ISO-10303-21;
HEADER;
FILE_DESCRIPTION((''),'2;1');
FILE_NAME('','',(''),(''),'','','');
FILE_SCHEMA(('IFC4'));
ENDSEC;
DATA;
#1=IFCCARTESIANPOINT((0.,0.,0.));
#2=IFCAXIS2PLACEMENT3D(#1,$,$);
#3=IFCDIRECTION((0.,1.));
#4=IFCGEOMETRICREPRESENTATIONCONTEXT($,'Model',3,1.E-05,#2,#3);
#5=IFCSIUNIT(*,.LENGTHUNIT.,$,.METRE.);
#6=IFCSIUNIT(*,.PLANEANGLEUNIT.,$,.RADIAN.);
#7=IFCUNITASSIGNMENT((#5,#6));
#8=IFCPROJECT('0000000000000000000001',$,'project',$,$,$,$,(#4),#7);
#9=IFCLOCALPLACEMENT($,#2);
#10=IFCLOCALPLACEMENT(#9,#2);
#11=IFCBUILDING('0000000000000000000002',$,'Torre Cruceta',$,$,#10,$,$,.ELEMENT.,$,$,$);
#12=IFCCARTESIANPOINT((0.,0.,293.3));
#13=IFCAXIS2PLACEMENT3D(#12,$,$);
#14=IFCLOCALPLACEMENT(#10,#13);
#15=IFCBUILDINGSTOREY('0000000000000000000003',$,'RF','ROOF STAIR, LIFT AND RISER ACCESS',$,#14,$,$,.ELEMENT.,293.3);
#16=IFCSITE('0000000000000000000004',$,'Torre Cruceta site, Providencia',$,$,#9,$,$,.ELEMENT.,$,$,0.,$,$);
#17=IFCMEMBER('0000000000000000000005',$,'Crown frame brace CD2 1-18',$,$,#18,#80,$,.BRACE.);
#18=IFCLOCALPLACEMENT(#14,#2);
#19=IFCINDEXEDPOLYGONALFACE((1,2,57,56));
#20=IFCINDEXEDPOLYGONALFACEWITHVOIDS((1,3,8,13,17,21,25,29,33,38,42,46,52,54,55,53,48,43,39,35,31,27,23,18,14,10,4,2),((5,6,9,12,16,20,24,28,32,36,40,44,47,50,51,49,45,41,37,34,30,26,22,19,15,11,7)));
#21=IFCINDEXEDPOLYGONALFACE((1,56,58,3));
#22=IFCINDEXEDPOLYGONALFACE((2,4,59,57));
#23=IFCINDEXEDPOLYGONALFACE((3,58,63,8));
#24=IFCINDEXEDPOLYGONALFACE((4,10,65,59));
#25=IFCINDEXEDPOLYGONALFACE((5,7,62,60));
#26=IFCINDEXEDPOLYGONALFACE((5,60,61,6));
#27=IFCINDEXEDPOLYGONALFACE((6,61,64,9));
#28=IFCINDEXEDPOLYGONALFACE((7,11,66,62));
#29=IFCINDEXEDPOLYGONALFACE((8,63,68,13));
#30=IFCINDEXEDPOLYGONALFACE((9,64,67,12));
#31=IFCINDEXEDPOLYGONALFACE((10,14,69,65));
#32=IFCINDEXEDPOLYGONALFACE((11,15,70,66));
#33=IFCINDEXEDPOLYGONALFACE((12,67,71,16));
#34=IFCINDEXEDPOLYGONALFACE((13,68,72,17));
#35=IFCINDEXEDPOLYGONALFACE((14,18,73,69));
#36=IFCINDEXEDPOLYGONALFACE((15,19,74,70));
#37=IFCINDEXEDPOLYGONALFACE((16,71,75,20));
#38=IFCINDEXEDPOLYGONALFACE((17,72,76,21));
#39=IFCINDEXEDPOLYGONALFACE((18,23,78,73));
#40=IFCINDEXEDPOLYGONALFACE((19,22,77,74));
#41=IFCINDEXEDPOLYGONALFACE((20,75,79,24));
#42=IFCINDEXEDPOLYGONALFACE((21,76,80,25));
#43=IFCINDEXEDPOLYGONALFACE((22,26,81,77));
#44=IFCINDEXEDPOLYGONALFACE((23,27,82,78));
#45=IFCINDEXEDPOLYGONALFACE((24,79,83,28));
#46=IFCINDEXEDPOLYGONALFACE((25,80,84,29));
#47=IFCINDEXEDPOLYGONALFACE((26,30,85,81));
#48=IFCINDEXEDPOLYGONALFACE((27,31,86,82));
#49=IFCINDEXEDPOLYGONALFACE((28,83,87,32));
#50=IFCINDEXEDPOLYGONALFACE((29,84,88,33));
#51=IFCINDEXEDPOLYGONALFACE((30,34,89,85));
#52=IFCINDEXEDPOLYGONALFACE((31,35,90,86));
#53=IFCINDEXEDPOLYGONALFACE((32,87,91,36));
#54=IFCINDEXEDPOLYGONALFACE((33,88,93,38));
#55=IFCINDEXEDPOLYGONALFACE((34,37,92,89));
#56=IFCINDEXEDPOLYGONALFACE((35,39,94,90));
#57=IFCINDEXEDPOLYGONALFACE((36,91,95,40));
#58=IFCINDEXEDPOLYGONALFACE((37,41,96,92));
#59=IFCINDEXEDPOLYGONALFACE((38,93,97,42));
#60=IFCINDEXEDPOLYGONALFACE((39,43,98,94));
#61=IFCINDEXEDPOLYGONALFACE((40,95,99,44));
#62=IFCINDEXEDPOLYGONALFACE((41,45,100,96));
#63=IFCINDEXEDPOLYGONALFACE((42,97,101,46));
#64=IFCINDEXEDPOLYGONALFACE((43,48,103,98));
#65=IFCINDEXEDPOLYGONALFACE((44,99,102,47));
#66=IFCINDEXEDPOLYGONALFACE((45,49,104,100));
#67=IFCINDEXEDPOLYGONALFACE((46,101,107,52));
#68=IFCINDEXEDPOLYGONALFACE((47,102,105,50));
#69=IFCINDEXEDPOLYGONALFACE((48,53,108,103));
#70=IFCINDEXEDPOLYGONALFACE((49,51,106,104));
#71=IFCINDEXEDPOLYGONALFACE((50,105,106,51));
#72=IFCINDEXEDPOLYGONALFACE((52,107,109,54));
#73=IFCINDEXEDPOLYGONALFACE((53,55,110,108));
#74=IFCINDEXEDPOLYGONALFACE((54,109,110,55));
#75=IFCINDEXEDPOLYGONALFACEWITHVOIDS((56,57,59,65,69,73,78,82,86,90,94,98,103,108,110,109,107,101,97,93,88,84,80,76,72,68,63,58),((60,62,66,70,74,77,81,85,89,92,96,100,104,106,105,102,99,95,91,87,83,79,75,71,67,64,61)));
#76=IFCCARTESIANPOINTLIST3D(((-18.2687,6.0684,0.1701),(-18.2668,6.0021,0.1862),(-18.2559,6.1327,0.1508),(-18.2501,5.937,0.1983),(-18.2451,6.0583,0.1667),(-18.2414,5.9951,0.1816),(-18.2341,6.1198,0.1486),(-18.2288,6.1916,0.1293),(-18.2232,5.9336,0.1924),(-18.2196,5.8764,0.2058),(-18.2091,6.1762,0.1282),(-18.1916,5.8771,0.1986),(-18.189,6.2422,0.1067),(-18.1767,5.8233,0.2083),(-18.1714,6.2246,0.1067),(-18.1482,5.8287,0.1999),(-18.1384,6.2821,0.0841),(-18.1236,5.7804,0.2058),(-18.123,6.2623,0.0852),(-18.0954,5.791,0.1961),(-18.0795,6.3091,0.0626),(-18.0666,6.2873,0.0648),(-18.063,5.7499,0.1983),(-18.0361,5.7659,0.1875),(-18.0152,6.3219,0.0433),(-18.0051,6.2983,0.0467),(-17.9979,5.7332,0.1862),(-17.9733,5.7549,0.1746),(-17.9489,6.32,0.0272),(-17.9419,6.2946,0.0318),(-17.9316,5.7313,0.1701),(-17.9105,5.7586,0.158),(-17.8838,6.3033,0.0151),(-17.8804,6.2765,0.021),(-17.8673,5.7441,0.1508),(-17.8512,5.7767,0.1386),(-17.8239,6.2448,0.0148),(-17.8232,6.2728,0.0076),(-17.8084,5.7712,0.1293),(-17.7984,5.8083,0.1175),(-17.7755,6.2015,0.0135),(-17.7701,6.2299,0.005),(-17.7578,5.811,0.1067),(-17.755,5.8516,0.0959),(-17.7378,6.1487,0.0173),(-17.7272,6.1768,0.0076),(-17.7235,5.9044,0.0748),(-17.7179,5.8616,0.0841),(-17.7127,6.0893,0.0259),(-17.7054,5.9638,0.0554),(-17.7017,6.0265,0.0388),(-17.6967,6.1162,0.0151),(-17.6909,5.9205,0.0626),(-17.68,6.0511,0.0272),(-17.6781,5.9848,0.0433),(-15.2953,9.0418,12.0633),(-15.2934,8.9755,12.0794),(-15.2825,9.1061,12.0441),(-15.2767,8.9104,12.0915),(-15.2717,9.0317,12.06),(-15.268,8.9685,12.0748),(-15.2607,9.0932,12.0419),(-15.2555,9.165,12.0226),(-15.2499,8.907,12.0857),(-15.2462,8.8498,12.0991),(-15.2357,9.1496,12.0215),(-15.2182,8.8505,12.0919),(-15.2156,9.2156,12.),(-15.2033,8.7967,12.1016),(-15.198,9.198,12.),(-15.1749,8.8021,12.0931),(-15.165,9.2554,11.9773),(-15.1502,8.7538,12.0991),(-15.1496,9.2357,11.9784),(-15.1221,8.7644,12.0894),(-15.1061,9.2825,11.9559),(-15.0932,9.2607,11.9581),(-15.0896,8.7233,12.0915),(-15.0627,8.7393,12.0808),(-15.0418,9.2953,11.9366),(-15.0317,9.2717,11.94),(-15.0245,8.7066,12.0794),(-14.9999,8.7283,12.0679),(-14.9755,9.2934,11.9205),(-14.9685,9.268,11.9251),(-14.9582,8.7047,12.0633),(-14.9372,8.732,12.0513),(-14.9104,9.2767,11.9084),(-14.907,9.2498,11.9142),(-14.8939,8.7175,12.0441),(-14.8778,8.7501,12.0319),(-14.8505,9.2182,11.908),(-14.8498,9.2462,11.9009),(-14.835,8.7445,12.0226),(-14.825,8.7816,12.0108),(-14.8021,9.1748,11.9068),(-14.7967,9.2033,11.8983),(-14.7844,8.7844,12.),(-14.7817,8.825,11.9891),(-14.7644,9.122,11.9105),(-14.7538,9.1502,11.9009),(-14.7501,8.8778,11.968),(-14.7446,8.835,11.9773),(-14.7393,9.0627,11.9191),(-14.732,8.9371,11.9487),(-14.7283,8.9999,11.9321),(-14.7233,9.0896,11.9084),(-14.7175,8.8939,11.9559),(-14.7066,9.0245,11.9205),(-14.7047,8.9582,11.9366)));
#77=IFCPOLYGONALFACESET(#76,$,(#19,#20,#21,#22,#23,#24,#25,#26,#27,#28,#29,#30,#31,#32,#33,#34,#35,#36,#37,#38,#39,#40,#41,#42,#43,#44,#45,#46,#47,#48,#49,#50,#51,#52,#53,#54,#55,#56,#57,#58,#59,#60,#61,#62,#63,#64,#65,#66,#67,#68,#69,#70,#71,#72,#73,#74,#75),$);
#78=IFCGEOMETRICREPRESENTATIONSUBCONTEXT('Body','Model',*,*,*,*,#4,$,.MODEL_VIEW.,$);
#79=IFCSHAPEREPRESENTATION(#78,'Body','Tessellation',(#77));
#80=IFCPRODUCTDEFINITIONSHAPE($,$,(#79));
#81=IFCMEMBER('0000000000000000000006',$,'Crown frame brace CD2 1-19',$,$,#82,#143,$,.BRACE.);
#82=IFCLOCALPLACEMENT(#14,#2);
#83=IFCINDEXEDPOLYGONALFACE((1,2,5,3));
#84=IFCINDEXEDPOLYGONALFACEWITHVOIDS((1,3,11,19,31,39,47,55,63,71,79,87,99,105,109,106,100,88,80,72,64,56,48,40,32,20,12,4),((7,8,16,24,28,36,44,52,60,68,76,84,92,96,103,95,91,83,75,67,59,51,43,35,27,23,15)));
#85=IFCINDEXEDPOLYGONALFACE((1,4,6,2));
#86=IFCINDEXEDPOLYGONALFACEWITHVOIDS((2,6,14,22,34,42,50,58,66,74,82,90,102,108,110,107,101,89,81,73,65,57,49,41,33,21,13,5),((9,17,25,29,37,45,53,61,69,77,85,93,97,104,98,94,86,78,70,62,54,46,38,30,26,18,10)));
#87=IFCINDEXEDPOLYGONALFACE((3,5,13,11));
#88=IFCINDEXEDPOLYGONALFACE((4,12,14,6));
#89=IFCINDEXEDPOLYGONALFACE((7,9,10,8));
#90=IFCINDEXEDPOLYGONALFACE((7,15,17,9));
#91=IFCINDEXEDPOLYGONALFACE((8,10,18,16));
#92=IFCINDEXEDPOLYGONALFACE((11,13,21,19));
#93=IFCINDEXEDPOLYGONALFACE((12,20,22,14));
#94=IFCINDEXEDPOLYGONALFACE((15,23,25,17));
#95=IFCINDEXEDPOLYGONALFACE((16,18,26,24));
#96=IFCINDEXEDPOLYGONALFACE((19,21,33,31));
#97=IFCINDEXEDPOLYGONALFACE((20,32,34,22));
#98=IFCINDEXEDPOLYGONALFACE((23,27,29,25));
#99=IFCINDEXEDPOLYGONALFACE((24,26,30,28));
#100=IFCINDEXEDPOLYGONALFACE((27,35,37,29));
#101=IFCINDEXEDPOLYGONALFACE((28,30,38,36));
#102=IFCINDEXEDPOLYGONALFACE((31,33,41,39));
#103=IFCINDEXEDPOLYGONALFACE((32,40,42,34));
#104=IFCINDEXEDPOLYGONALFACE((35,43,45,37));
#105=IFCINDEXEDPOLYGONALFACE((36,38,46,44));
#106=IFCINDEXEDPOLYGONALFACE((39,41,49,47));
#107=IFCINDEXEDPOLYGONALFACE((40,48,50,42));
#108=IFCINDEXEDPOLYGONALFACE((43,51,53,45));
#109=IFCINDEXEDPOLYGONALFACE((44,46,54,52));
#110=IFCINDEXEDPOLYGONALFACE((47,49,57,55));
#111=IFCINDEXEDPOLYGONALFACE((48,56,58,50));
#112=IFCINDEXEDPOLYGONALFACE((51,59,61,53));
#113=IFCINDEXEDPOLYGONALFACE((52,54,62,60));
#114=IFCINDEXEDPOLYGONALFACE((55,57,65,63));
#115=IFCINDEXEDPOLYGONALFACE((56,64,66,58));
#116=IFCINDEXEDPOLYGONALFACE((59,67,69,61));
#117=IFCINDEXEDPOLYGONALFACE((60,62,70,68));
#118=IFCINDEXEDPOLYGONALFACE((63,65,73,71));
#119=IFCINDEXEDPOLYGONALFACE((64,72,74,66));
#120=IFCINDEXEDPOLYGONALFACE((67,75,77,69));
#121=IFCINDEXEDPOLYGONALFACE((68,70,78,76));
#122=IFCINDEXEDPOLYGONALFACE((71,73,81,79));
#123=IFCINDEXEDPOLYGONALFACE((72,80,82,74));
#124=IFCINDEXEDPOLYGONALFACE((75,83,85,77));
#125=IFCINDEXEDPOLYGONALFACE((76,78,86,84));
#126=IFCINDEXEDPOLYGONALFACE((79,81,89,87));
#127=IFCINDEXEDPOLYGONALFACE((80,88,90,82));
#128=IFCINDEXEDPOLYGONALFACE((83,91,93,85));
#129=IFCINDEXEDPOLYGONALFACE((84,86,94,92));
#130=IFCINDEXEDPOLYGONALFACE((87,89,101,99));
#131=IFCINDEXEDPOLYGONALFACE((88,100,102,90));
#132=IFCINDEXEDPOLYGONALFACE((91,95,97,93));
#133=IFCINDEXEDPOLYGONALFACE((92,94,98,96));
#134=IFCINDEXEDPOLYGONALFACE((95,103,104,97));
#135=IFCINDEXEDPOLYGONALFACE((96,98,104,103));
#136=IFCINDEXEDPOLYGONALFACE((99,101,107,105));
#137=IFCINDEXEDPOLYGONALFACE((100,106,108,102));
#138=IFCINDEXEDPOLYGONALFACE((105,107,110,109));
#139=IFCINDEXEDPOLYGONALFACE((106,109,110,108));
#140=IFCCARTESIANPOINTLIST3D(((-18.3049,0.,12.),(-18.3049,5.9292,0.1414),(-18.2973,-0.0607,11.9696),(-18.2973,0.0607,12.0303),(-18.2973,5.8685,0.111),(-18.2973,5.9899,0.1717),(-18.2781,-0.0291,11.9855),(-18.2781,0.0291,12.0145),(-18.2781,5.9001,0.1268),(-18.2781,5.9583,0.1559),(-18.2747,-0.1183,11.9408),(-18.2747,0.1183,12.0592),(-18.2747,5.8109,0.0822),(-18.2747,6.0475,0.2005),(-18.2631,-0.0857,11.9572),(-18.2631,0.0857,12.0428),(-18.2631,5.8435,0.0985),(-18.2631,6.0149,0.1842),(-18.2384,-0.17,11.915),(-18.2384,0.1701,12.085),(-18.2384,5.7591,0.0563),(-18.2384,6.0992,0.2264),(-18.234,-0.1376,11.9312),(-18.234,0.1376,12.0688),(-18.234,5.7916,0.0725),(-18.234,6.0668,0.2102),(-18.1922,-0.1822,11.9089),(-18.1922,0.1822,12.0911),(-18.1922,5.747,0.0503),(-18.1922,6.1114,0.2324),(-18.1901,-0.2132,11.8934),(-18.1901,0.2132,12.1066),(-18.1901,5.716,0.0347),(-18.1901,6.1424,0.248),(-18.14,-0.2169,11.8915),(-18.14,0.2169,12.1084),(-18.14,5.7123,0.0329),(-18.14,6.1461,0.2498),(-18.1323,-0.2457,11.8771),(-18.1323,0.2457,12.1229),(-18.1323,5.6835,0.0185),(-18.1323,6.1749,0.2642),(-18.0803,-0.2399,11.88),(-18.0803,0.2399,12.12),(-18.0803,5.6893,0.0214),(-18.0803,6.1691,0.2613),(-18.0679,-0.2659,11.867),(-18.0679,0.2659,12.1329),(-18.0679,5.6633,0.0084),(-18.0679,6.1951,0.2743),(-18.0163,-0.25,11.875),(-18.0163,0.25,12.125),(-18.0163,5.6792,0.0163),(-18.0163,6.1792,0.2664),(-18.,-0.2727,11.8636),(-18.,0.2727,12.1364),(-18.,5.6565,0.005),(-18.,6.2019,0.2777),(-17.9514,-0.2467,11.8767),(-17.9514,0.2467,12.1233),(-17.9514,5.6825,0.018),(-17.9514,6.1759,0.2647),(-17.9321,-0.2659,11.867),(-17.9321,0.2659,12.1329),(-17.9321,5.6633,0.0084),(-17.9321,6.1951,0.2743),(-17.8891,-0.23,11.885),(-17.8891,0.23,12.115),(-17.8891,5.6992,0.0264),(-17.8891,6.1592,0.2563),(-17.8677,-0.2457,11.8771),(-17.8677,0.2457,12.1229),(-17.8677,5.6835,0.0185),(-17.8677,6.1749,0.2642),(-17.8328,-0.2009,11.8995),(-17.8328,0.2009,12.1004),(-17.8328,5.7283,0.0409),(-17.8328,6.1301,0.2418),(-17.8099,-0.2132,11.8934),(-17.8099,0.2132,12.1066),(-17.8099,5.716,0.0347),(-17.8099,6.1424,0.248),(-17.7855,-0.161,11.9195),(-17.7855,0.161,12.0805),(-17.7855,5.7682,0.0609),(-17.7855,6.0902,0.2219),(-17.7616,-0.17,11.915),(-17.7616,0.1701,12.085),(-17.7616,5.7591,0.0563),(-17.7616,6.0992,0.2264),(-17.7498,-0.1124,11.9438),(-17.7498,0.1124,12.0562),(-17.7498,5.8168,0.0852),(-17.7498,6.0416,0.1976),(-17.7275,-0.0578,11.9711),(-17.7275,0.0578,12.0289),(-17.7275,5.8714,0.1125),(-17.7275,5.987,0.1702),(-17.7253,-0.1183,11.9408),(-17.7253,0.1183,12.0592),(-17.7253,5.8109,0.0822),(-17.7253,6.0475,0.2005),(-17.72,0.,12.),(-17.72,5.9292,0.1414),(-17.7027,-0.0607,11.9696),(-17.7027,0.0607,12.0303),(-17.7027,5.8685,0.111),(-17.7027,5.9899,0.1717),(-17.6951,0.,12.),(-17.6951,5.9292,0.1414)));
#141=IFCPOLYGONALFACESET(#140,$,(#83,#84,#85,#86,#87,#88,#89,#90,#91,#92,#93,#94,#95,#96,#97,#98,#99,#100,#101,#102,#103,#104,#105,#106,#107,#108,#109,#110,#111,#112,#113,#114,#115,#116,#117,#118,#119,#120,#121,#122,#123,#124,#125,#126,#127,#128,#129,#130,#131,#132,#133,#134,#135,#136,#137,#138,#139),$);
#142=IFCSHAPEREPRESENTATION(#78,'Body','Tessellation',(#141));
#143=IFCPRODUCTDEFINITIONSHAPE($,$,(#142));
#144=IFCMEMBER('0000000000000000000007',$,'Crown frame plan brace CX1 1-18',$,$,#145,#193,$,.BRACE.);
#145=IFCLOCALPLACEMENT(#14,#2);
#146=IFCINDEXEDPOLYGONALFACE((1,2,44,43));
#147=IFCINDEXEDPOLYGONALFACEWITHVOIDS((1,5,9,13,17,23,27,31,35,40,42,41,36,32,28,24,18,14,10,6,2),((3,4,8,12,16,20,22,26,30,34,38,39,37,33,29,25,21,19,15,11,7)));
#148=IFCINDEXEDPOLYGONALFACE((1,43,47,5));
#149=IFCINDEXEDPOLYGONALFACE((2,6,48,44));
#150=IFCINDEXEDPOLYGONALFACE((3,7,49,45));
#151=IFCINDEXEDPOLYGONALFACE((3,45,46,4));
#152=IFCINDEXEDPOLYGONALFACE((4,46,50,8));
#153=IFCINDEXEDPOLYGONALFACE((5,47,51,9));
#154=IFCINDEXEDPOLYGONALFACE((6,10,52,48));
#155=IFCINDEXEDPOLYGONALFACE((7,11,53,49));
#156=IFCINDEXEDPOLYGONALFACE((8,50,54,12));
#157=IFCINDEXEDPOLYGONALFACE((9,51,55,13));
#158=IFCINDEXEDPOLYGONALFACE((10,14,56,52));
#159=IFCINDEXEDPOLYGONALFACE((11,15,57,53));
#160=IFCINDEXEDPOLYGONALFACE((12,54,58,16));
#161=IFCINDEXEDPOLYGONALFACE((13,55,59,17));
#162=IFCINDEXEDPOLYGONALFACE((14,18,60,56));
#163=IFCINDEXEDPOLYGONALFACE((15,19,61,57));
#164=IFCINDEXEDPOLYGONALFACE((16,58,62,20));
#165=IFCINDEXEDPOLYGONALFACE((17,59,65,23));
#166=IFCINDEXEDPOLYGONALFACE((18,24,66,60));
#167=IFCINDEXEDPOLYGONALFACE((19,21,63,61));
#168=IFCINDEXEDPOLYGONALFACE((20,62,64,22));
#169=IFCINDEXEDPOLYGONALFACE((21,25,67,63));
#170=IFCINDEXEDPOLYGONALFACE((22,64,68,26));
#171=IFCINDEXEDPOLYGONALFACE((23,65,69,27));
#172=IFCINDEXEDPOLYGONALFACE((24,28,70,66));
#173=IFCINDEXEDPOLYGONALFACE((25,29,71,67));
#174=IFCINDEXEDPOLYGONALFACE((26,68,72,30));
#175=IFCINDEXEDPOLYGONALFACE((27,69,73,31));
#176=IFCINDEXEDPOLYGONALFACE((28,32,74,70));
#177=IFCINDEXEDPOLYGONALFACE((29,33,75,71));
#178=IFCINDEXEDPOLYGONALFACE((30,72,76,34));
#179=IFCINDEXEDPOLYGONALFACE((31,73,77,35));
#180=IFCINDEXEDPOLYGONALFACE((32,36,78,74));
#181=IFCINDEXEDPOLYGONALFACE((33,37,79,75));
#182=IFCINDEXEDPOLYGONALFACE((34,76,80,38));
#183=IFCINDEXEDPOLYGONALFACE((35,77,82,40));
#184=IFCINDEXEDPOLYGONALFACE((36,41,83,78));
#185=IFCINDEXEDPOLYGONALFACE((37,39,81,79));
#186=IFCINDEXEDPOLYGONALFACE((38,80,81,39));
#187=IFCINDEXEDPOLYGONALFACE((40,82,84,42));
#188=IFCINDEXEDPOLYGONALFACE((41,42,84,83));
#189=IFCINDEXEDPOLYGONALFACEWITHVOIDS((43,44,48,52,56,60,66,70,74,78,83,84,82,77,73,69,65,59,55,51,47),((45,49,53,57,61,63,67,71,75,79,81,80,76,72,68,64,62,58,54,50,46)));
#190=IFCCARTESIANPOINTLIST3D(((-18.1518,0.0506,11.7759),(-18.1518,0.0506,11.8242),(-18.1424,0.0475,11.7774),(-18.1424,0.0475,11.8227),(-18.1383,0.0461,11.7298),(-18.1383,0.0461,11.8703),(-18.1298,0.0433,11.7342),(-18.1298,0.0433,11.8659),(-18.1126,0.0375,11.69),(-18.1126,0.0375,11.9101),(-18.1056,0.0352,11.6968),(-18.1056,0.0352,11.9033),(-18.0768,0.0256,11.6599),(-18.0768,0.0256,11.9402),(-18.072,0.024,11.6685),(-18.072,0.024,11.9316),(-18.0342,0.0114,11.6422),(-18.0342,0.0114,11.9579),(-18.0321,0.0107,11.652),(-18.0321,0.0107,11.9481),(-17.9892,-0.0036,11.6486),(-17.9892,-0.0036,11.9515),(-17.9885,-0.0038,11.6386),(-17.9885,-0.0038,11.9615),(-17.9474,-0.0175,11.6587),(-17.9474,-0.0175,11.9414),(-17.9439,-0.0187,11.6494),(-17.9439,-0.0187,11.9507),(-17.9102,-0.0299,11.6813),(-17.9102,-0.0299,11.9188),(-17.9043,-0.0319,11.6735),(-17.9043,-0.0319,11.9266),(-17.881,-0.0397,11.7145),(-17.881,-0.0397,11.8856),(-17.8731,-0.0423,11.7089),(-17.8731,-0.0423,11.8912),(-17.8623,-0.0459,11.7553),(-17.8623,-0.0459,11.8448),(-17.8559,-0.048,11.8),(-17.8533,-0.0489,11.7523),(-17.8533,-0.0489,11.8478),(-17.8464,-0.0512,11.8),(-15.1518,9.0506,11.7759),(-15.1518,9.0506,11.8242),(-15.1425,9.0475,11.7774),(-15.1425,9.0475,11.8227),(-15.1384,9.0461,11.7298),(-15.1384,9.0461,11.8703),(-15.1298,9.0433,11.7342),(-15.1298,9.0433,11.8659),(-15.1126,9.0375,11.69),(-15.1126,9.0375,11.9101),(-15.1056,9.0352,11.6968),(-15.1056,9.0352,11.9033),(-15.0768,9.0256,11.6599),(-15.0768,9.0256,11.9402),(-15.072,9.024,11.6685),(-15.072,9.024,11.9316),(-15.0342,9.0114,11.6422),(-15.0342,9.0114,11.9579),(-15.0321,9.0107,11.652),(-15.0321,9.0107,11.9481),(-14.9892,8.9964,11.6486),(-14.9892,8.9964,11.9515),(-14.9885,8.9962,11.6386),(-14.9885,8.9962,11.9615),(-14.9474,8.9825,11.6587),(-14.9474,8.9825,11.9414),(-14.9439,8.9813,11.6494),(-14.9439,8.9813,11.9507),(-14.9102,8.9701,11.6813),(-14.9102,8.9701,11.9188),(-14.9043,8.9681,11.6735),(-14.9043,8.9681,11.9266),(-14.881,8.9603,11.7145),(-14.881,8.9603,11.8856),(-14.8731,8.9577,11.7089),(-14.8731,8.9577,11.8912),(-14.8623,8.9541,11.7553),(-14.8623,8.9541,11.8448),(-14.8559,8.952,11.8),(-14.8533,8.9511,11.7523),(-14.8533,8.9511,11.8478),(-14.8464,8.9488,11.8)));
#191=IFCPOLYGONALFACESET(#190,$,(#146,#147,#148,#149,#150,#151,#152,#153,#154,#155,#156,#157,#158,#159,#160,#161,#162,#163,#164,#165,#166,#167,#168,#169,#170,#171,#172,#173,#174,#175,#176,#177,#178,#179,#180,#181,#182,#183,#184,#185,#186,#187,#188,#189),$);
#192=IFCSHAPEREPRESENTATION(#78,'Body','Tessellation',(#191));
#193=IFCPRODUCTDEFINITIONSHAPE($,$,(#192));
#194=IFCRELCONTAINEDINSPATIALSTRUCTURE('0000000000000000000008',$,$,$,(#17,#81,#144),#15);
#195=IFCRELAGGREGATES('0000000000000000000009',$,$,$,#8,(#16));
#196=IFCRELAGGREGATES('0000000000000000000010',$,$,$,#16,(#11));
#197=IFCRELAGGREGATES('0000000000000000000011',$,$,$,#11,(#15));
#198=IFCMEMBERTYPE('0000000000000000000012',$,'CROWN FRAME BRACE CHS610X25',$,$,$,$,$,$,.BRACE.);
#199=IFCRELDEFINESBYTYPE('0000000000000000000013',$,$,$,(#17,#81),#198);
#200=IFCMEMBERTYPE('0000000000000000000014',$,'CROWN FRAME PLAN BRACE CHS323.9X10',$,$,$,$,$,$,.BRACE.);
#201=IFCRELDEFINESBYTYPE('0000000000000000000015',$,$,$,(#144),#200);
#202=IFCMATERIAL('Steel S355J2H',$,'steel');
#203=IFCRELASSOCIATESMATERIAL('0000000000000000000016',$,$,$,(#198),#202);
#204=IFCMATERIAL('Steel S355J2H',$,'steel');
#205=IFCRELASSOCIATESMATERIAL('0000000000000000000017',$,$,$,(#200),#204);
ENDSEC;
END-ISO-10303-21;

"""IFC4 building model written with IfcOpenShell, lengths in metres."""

from ifc_helpers import new_model, si_unit, direction, frame, origin, origin_2d, place, context, subcontext, project, spatial, hollow_circle, extrude, material, material_profile, profile_set, type_object, element, save


model = new_model("IFC4")

# Units and contexts
model_context = context("Model", 3, precision=1e-05, world=origin(), true_north=direction((0.0, 1.0)))
body_context = subcontext(model_context, "Body", "Model", "MODEL_VIEW")
ifc_project = project(units=[si_unit("LENGTHUNIT", "METRE"), si_unit("PLANEANGLEUNIT", "RADIAN")], contexts=[model_context])

# Site, building, storey
site_placement = place(None, origin())
site = spatial("IfcSite", under=ifc_project, at=site_placement, Name="Torre Cruceta site, Providencia", CompositionType="ELEMENT", RefElevation=0.0)
building_placement = place(site_placement, origin())
building = spatial("IfcBuilding", under=site, at=building_placement, Name="Torre Cruceta", CompositionType="ELEMENT")
storey_placement = place(building_placement, frame((0.0, 0.0, 293.3)))
storey = spatial("IfcBuildingStorey", under=building, at=storey_placement, Name="RF", Description="ROOF STAIR, LIFT AND RISER ACCESS", CompositionType="ELEMENT", Elevation=293.3)

# Members
ifc_material_1 = material(Name="Steel S355J2H", Category="steel")
ifc_material_profile_1 = material_profile(ifc_material_1, hollow_circle(Radius=0.3049, WallThickness=0.0249, at=origin_2d()), Name="CHS610X25")
ifc_profile_set_1 = profile_set([ifc_material_profile_1], Name="Steel S355J2H")
member_type_1 = type_object("IfcMemberType", Name="CROWN FRAME BRACE CHS610X25", PredefinedType="BRACE", material=ifc_profile_set_1)
member_1_placement = place(storey_placement, frame((-17.9734, 6.0266, 0.1067), z_axis=(0.235707, 0.235707, 0.942807), x_axis=(-0.707107, 0.707107, 0.0)))
element("IfcMember", 1, at=member_1_placement, inside=storey, type_object=member_type_1, Name="Crown frame brace CD2 1-18", PredefinedType="BRACE", context=body_context, shape_type="SweptSolid", body=[
    extrude(hollow_circle(Radius=0.3049, WallThickness=0.0249, at=origin_2d()), origin(), (0.0, 0.0, 1.0), 12.6147),
])
member_2_placement = place(storey_placement, frame((-18.0, 5.9292, 0.1414), z_axis=(0.0, -0.447206, 0.894431), x_axis=(1.0, 0.0, 0.0)))
element("IfcMember", 2, at=member_2_placement, inside=storey, type_object=member_type_1, Name="Crown frame brace CD2 1-19", PredefinedType="BRACE", context=body_context, shape_type="SweptSolid", body=[
    extrude(hollow_circle(Radius=0.3049, WallThickness=0.0249, at=origin_2d()), origin(), (0.0, 0.0, 1.0), 13.2583),
])
ifc_material_2 = material(Name="Steel S355J2H", Category="steel")
ifc_material_profile_2 = material_profile(ifc_material_2, hollow_circle(Radius=0.1619, WallThickness=0.01, at=origin_2d()), Name="CHS323.9X10")
ifc_profile_set_2 = profile_set([ifc_material_profile_2], Name="Steel S355J2H")
member_type_2 = type_object("IfcMemberType", Name="CROWN FRAME PLAN BRACE CHS323.9X10", PredefinedType="BRACE", material=ifc_profile_set_2)
member_3_placement = place(storey_placement, frame((-15.0, 9.0, 11.8), z_axis=(-0.316228, -0.948683, 0.0), x_axis=(0.948683, -0.316228, 0.0)))
element("IfcMember", 3, at=member_3_placement, inside=storey, type_object=member_type_2, Name="Crown frame plan brace CX1 1-18", PredefinedType="BRACE", context=body_context, shape_type="SweptSolid", body=[
    extrude(hollow_circle(Radius=0.1619, WallThickness=0.01, at=origin_2d()), origin(), (0.0, 0.0, 1.0), 9.4868),
])

save(model, "model.ifc")
